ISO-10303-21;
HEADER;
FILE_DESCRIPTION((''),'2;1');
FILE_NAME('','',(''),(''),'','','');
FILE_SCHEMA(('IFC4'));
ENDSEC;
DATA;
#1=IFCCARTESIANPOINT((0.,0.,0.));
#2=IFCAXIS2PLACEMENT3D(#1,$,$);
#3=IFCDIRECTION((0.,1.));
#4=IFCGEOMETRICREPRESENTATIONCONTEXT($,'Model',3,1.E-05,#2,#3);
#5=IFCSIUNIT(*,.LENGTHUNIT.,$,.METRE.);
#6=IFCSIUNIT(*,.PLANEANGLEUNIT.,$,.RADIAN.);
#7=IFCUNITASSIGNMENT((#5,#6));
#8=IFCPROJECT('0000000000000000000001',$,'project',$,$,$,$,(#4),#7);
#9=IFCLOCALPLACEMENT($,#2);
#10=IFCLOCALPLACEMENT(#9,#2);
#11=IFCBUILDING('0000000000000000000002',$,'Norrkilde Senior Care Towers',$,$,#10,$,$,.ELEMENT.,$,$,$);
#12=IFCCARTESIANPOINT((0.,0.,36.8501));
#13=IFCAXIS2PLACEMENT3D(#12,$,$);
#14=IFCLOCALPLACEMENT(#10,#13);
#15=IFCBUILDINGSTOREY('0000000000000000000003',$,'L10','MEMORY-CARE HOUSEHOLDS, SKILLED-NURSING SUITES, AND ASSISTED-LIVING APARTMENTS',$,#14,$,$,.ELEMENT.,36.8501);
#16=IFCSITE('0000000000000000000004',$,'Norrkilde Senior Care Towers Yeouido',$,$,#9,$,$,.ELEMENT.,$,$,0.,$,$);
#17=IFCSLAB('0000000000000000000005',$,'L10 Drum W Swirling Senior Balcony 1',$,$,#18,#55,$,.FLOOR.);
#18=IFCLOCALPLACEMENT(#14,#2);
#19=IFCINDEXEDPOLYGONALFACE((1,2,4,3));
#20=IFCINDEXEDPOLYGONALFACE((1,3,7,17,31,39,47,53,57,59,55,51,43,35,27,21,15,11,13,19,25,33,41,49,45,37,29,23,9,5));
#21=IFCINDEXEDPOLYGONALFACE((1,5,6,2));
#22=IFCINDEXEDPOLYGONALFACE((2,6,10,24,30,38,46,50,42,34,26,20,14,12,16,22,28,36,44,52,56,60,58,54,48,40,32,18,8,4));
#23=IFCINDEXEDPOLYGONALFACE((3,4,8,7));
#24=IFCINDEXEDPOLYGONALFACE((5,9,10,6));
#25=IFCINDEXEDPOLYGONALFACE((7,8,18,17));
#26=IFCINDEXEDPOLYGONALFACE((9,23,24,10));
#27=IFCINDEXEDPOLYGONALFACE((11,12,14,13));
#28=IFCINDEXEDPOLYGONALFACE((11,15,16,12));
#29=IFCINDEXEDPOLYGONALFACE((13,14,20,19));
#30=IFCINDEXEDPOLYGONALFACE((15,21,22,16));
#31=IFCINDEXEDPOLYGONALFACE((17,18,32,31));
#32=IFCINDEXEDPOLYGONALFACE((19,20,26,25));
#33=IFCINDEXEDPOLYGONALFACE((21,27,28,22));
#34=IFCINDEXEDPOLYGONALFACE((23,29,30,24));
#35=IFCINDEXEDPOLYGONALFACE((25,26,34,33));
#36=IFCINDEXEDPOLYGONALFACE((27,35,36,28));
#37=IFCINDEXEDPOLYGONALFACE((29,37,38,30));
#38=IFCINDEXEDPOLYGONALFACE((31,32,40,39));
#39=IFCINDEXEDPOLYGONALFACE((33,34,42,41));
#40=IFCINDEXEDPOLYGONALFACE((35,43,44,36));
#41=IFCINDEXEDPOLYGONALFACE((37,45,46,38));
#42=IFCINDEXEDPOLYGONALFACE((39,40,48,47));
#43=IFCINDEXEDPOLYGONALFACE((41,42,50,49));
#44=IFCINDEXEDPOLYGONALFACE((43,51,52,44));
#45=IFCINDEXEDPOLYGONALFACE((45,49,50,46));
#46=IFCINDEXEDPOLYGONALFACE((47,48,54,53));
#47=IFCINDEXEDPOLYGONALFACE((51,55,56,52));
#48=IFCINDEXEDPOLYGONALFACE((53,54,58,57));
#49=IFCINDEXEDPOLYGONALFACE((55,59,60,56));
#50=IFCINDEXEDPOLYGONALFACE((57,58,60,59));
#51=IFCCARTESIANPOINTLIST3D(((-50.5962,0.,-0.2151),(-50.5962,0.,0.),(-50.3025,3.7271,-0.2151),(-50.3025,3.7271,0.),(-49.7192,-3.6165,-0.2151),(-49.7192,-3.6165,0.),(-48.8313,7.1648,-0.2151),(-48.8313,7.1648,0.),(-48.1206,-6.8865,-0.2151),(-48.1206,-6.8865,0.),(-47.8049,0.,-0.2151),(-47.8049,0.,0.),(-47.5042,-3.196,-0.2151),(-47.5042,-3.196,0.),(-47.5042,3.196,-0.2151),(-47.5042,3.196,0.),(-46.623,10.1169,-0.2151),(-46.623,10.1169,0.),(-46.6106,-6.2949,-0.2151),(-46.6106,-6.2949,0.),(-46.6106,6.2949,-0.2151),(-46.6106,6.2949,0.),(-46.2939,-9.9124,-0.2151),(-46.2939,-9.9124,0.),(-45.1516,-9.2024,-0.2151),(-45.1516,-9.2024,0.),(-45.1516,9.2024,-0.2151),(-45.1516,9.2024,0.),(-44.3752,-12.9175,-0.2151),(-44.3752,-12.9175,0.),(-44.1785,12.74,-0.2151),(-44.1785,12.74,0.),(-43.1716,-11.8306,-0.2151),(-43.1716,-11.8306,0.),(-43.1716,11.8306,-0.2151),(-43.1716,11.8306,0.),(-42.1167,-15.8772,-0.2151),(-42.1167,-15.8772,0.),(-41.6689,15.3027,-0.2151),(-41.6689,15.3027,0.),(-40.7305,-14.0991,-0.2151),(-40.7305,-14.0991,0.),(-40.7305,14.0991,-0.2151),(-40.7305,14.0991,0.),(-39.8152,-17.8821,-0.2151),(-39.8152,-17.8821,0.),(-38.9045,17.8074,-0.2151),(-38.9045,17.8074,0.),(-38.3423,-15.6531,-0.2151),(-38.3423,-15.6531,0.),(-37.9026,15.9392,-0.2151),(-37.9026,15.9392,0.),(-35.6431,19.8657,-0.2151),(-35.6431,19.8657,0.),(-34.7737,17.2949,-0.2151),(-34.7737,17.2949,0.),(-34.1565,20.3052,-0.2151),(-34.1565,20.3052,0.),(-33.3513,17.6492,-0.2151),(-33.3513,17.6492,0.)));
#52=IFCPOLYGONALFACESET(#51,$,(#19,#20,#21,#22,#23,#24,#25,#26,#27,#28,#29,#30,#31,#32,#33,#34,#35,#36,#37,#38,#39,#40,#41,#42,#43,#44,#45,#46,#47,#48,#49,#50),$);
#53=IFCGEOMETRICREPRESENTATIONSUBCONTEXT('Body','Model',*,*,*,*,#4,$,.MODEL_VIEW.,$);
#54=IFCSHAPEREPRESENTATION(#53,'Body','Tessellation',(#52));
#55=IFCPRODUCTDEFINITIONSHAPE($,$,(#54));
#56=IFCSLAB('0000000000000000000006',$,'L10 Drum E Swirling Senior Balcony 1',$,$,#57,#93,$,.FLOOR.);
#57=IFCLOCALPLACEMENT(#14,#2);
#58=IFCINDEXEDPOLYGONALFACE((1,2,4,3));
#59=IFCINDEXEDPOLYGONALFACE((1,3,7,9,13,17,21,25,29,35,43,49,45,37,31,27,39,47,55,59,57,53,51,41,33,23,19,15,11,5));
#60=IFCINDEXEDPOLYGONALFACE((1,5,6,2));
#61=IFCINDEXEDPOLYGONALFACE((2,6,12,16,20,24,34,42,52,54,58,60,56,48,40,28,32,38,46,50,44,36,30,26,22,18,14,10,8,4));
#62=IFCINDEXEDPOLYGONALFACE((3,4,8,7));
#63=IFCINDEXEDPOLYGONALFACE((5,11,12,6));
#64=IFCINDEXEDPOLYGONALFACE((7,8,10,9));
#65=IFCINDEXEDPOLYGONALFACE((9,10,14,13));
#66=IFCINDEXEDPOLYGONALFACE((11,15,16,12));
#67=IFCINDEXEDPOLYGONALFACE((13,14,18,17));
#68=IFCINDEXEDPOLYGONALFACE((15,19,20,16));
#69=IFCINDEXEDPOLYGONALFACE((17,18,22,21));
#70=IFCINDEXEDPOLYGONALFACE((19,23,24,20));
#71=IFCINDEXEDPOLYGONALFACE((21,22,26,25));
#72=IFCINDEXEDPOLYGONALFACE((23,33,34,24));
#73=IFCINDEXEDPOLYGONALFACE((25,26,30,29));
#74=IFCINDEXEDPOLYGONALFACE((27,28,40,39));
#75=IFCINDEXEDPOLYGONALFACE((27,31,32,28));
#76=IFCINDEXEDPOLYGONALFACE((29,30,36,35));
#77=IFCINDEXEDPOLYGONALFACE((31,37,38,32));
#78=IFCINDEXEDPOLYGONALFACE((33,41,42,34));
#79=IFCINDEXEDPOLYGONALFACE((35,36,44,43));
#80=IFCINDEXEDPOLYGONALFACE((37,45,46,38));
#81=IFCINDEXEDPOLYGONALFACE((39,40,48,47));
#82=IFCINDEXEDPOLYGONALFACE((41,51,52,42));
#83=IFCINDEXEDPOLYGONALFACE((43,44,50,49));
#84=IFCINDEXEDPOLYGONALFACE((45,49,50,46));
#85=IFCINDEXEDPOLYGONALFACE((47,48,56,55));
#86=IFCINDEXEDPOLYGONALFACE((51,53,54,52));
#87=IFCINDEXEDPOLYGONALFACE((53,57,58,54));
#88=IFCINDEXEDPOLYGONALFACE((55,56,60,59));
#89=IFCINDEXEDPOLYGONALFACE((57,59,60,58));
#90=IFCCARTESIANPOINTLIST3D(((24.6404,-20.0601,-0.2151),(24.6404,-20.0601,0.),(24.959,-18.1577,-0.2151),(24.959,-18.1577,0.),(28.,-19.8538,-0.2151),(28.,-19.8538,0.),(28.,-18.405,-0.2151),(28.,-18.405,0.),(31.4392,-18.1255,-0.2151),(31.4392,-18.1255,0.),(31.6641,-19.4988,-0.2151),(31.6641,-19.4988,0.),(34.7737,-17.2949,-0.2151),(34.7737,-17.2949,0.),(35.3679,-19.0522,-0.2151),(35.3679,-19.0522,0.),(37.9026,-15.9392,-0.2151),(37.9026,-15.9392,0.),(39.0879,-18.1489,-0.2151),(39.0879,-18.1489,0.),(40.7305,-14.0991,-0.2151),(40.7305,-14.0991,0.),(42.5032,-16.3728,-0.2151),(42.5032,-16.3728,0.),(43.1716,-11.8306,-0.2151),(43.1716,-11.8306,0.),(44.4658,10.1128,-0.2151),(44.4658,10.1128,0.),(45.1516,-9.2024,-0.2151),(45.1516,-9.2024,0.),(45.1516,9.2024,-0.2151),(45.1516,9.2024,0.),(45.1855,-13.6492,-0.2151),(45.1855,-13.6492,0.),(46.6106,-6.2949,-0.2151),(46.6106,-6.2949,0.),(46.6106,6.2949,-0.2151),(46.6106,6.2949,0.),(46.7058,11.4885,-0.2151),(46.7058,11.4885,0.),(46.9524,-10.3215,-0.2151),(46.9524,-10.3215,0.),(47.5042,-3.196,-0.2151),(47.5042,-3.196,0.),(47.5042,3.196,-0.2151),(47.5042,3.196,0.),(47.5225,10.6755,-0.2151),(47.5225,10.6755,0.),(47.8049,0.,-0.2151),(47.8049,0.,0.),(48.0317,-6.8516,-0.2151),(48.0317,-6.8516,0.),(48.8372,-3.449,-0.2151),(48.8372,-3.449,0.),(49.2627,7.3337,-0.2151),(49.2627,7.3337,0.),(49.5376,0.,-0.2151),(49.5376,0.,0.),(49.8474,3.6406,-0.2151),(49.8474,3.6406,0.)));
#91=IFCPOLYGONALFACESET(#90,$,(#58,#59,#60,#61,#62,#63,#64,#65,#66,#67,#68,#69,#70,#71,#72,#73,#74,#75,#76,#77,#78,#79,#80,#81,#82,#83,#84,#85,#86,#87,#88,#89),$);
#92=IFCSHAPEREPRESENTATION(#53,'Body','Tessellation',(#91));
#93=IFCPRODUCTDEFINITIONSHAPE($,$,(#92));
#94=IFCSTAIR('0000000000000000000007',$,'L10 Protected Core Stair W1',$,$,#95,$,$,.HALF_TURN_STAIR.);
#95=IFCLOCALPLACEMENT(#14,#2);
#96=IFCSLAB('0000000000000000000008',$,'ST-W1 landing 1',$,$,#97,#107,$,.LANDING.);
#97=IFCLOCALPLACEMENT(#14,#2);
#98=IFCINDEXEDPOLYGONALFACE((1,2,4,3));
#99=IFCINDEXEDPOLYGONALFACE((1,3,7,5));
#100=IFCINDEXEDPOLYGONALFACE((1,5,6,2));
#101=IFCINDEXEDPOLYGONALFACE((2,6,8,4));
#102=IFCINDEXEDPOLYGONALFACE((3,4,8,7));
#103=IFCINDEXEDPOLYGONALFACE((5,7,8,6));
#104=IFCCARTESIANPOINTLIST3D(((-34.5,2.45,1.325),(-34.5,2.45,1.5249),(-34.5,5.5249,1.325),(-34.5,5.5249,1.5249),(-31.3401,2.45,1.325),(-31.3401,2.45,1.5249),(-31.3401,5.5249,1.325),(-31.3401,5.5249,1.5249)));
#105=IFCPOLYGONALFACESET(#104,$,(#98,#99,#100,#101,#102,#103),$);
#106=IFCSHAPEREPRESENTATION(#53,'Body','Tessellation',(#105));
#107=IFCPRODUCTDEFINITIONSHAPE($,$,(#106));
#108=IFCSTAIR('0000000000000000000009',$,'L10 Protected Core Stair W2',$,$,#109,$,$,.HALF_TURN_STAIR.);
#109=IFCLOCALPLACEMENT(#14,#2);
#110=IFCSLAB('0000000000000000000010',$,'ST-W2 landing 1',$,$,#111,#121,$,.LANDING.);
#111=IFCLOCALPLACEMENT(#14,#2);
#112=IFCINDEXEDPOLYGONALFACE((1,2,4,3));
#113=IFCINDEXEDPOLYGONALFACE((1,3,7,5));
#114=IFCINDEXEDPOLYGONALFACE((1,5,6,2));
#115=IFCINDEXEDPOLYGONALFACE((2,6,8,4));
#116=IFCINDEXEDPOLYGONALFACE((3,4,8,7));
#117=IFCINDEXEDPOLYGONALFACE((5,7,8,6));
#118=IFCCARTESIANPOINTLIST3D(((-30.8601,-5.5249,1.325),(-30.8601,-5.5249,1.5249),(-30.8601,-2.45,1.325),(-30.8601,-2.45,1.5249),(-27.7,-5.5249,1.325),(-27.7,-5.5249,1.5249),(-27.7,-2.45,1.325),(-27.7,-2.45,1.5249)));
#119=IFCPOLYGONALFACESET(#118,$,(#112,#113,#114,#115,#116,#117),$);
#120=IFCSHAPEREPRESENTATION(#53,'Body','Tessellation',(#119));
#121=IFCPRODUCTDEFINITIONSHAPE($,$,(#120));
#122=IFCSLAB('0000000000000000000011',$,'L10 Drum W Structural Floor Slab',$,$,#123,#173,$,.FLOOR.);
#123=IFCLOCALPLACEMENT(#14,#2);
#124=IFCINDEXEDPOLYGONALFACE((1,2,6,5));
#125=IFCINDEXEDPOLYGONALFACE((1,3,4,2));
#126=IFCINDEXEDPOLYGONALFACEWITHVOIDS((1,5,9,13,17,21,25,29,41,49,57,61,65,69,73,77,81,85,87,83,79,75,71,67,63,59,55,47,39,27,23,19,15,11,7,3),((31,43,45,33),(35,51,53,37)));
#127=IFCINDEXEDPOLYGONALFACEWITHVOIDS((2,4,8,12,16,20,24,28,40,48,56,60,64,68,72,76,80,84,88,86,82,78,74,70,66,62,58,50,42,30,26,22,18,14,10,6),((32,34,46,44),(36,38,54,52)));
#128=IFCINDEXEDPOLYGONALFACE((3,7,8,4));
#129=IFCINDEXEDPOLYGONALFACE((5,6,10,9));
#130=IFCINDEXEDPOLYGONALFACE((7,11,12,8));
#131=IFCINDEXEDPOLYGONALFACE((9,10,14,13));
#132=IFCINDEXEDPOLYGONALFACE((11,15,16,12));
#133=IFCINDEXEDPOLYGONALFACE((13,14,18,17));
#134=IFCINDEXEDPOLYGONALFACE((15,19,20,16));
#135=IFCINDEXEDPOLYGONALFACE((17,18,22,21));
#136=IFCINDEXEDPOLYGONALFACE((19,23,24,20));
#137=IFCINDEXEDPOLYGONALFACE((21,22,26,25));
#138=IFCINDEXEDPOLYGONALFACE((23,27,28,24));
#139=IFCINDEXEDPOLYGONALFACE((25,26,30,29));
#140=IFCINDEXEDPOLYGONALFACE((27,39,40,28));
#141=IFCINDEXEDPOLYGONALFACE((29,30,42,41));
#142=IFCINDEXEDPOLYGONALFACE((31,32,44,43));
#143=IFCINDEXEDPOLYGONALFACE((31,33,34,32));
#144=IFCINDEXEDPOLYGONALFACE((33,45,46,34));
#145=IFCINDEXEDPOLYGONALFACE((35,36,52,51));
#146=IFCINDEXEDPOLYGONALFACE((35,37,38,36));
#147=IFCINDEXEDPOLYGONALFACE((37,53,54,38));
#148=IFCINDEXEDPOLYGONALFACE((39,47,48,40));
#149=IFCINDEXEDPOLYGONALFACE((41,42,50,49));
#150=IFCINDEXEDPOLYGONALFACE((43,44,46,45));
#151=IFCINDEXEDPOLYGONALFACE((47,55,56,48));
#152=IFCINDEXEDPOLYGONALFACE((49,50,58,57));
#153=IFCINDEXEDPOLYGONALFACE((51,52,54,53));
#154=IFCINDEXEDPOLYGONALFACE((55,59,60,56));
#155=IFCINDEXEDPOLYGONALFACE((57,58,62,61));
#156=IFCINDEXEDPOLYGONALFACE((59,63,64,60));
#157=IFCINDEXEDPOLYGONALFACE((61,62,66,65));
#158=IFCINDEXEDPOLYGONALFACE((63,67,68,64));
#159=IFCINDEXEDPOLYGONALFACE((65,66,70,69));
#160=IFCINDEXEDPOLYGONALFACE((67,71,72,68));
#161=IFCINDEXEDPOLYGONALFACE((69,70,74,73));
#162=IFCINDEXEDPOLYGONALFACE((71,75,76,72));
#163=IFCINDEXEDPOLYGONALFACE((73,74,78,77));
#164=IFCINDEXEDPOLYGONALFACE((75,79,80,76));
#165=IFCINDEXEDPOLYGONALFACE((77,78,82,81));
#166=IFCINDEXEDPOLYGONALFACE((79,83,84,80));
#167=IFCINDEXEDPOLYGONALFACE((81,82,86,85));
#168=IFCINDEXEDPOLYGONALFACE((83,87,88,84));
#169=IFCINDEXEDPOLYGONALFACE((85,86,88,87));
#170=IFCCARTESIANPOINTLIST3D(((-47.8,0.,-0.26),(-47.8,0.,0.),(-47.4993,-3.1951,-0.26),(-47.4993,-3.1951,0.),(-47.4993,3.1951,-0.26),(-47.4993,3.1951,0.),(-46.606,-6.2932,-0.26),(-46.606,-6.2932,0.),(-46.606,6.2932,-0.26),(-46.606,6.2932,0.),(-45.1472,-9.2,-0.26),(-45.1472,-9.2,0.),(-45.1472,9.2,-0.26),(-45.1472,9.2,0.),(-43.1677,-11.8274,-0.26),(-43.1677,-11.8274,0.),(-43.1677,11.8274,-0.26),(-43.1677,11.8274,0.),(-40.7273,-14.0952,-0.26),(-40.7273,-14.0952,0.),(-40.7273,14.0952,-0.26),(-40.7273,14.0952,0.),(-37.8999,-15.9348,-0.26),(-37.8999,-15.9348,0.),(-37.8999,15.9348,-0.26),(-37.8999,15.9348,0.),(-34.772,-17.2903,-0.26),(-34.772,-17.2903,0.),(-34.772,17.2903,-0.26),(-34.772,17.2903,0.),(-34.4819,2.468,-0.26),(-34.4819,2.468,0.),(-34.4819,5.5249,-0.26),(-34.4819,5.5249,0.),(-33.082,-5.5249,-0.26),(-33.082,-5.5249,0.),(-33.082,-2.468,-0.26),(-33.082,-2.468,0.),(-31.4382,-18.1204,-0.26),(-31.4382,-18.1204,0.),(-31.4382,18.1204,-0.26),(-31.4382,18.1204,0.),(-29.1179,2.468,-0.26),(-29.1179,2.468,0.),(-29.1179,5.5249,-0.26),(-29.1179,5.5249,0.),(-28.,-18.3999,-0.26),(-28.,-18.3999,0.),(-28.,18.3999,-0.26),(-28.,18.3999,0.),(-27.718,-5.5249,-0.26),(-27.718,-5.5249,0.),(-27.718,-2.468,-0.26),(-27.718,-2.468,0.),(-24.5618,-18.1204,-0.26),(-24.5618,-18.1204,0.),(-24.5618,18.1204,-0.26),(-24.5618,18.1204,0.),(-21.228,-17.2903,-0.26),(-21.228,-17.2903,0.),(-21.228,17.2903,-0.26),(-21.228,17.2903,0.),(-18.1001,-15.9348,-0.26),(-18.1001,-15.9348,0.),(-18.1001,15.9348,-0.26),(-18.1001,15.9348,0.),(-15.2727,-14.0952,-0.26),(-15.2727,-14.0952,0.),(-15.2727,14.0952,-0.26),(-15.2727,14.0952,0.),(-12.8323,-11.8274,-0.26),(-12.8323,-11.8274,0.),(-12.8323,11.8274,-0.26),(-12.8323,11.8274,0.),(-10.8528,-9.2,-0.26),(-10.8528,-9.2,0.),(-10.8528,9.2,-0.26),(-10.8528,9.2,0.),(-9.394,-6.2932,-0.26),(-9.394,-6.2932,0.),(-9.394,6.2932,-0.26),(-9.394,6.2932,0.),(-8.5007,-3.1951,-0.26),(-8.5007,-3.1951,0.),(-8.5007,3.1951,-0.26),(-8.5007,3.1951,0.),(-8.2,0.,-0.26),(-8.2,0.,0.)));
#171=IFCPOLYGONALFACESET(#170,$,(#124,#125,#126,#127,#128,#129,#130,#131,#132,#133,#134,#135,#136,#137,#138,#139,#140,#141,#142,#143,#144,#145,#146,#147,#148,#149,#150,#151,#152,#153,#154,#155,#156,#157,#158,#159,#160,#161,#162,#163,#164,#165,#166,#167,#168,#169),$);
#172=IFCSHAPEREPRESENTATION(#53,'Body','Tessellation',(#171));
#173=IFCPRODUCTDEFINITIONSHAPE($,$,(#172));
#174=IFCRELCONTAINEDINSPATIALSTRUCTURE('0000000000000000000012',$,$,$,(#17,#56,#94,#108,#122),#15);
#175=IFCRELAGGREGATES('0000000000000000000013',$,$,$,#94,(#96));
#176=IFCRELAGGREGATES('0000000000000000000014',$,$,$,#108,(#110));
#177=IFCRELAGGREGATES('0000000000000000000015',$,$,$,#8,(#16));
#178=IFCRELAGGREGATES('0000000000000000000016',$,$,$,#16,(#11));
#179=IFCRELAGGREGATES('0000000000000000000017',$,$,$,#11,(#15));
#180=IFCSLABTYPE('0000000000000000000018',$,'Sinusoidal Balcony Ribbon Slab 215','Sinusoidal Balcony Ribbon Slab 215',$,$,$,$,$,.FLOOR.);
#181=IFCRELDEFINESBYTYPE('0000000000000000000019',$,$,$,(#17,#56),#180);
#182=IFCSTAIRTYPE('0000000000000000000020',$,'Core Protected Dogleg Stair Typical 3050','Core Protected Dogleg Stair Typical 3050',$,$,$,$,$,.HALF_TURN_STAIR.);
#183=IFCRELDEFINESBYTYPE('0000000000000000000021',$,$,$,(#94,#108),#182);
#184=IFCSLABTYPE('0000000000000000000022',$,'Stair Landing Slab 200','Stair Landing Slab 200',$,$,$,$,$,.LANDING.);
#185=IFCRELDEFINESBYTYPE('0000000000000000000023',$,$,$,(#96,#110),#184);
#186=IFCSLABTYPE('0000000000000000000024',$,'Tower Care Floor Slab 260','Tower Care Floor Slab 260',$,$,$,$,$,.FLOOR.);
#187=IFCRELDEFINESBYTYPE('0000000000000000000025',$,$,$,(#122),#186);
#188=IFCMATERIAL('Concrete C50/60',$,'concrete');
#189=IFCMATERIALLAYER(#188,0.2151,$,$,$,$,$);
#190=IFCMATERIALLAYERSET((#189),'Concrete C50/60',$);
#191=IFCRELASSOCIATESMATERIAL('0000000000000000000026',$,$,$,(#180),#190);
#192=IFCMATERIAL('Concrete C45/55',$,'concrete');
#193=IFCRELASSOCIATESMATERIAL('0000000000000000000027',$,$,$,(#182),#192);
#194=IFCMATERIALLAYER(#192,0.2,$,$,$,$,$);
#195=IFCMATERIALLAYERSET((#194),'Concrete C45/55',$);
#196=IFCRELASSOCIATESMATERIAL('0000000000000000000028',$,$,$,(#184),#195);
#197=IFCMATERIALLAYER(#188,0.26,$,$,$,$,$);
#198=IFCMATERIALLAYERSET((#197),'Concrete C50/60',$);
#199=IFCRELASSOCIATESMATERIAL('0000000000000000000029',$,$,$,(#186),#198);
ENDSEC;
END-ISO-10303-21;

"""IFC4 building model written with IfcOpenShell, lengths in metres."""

from ifc_helpers import new_model, si_unit, direction, frame, origin, place, context, subcontext, project, spatial, polyline, outline, extrude, material, layer, layer_set, type_object, element, aggregate, save


model = new_model("IFC4")

# Units and contexts
model_context = context("Model", 3, precision=1e-05, world=origin(), true_north=direction((0.0, 1.0)))
body_context = subcontext(model_context, "Body", "Model", "MODEL_VIEW")
ifc_project = project(units=[si_unit("LENGTHUNIT", "METRE"), si_unit("PLANEANGLEUNIT", "RADIAN")], contexts=[model_context])

# Site, building, storey
site_placement = place(None, origin())
site = spatial("IfcSite", under=ifc_project, at=site_placement, Name="Norrkilde Senior Care Towers Yeouido", CompositionType="ELEMENT", RefElevation=0.0)
building_placement = place(site_placement, origin())
building = spatial("IfcBuilding", under=site, at=building_placement, Name="Norrkilde Senior Care Towers", CompositionType="ELEMENT")
storey_placement = place(building_placement, frame((0.0, 0.0, 36.8501)))
storey = spatial("IfcBuildingStorey", under=building, at=storey_placement, Name="L10", Description="MEMORY-CARE HOUSEHOLDS, SKILLED-NURSING SUITES, AND ASSISTED-LIVING APARTMENTS", CompositionType="ELEMENT", Elevation=36.8501)

# Slabs
ifc_material_1 = material(Name="Concrete C50/60", Category="concrete")
ifc_layer_1 = layer(ifc_material_1, 0.2151)
ifc_layer_set_1 = layer_set([ifc_layer_1], Name="Concrete C50/60")
slab_type_1 = type_object("IfcSlabType", Name="Sinusoidal Balcony Ribbon Slab 215", Description="Sinusoidal Balcony Ribbon Slab 215", PredefinedType="FLOOR", material=ifc_layer_set_1)
slab_1_placement = place(storey_placement, frame((0.0, 0.0, -0.2151)))
element("IfcSlab", 1, at=slab_1_placement, inside=storey, type_object=slab_type_1, Name="L10 Drum W Swirling Senior Balcony 1", PredefinedType="FLOOR", context=body_context, shape_type="SweptSolid", body=[
    extrude(outline(polyline([(-44.3752, -12.9175), (-46.2939, -9.9124), (-48.1206, -6.8865), (-49.7192, -3.6165), (-50.5962, 0.0), (-50.3025, 3.7271), (-48.8313, 7.1648), (-46.623, 10.1169), (-44.1785, 12.74), (-41.6689, 15.3027), (-38.9045, 17.8074), (-35.6431, 19.8657), (-34.1565, 20.3052), (-33.3513, 17.6492), (-34.7737, 17.2949), (-37.9026, 15.9392), (-40.7305, 14.0991), (-43.1716, 11.8306), (-45.1516, 9.2024), (-46.6106, 6.2949), (-47.5042, 3.196), (-47.8049, 0.0), (-47.5042, -3.196), (-46.6106, -6.2949), (-45.1516, -9.2024), (-43.1716, -11.8306), (-40.7305, -14.0991), (-38.3423, -15.6531), (-39.8152, -17.8821), (-42.1167, -15.8772), (-44.3752, -12.9175)])), origin(), (0.0, 0.0, 1.0), 0.2151),
])
slab_2_placement = place(storey_placement, frame((0.0, 0.0, -0.2151)))
element("IfcSlab", 2, at=slab_2_placement, inside=storey, type_object=slab_type_1, Name="L10 Drum E Swirling Senior Balcony 1", PredefinedType="FLOOR", context=body_context, shape_type="SweptSolid", body=[
    extrude(outline(polyline([(46.9524, -10.3215), (45.1855, -13.6492), (42.5032, -16.3728), (39.0879, -18.1489), (35.3679, -19.0522), (31.6641, -19.4988), (28.0, -19.8538), (24.6404, -20.0601), (24.959, -18.1577), (28.0, -18.405), (31.4392, -18.1255), (34.7737, -17.2949), (37.9026, -15.9392), (40.7305, -14.0991), (43.1716, -11.8306), (45.1516, -9.2024), (46.6106, -6.2949), (47.5042, -3.196), (47.8049, 0.0), (47.5042, 3.196), (46.6106, 6.2949), (45.1516, 9.2024), (44.4658, 10.1128), (46.7058, 11.4885), (47.5225, 10.6755), (49.2627, 7.3337), (49.8474, 3.6406), (49.5376, 0.0), (48.8372, -3.449), (48.0317, -6.8516), (46.9524, -10.3215)])), origin(), (0.0, 0.0, 1.0), 0.2151),
])

# Stairs, slabs
ifc_material_2 = material(Name="Concrete C45/55", Category="concrete")
stair_type = type_object("IfcStairType", Name="Core Protected Dogleg Stair Typical 3050", Description="Core Protected Dogleg Stair Typical 3050", PredefinedType="HALF_TURN_STAIR", material=ifc_material_2)
stair_1_placement = place(storey_placement, origin())
stair_1 = element("IfcStair", 3, at=stair_1_placement, inside=storey, type_object=stair_type, Name="L10 Protected Core Stair W1", PredefinedType="HALF_TURN_STAIR")
ifc_layer_2 = layer(ifc_material_2, 0.2)
ifc_layer_set_2 = layer_set([ifc_layer_2], Name="Concrete C45/55")
slab_type_2 = type_object("IfcSlabType", Name="Stair Landing Slab 200", Description="Stair Landing Slab 200", PredefinedType="LANDING", material=ifc_layer_set_2)
slab_3_placement = place(storey_placement, frame((0.0, 0.0, 1.325)))
slab_3 = element("IfcSlab", 4, at=slab_3_placement, type_object=slab_type_2, Name="ST-W1 landing 1", PredefinedType="LANDING", context=body_context, shape_type="SweptSolid", body=[
    extrude(outline(polyline([(-31.3401, 5.5249), (-34.5, 5.5249), (-34.5, 2.45), (-31.3401, 2.45), (-31.3401, 5.5249)])), origin(), (0.0, 0.0, 1.0), 0.2),
])
aggregate(stair_1, [slab_3])
stair_2_placement = place(storey_placement, origin())
stair_2 = element("IfcStair", 5, at=stair_2_placement, inside=storey, type_object=stair_type, Name="L10 Protected Core Stair W2", PredefinedType="HALF_TURN_STAIR")
slab_4_placement = place(storey_placement, frame((0.0, 0.0, 1.325)))
slab_4 = element("IfcSlab", 6, at=slab_4_placement, type_object=slab_type_2, Name="ST-W2 landing 1", PredefinedType="LANDING", context=body_context, shape_type="SweptSolid", body=[
    extrude(outline(polyline([(-30.8601, -5.5249), (-27.7, -5.5249), (-27.7, -2.45), (-30.8601, -2.45), (-30.8601, -5.5249)])), origin(), (0.0, 0.0, 1.0), 0.2),
])
aggregate(stair_2, [slab_4])

# Slab
ifc_layer_3 = layer(ifc_material_1, 0.26)
ifc_layer_set_3 = layer_set([ifc_layer_3], Name="Concrete C50/60")
slab_type_3 = type_object("IfcSlabType", Name="Tower Care Floor Slab 260", Description="Tower Care Floor Slab 260", PredefinedType="FLOOR", material=ifc_layer_set_3)
slab_5_placement = place(storey_placement, frame((0.0, 0.0, -0.26)))
element("IfcSlab", 7, at=slab_5_placement, inside=storey, type_object=slab_type_3, Name="L10 Drum W Structural Floor Slab", PredefinedType="FLOOR", context=body_context, shape_type="SweptSolid", body=[
    extrude(outline(polyline([(-9.394, -6.2932), (-10.8528, -9.2), (-12.8323, -11.8274), (-15.2727, -14.0952), (-18.1001, -15.9348), (-21.228, -17.2903), (-24.5618, -18.1204), (-28.0, -18.3999), (-31.4382, -18.1204), (-34.772, -17.2903), (-37.8999, -15.9348), (-40.7273, -14.0952), (-43.1677, -11.8274), (-45.1472, -9.2), (-46.606, -6.2932), (-47.4993, -3.1951), (-47.8, 0.0), (-47.4993, 3.1951), (-46.606, 6.2932), (-45.1472, 9.2), (-43.1677, 11.8274), (-40.7273, 14.0952), (-37.8999, 15.9348), (-34.772, 17.2903), (-31.4382, 18.1204), (-28.0, 18.3999), (-24.5618, 18.1204), (-21.228, 17.2903), (-18.1001, 15.9348), (-15.2727, 14.0952), (-12.8323, 11.8274), (-10.8528, 9.2), (-9.394, 6.2932), (-8.5007, 3.1951), (-8.2, 0.0), (-8.5007, -3.1951), (-9.394, -6.2932)]), holes=[polyline([(-34.4819, 2.468), (-29.1179, 2.468), (-29.1179, 5.5249), (-34.4819, 5.5249), (-34.4819, 2.468)]), polyline([(-27.718, -5.5249), (-27.718, -2.468), (-33.082, -2.468), (-33.082, -5.5249), (-27.718, -5.5249)])]), origin(), (0.0, 0.0, 1.0), 0.26),
])

save(model, "model.ifc")
